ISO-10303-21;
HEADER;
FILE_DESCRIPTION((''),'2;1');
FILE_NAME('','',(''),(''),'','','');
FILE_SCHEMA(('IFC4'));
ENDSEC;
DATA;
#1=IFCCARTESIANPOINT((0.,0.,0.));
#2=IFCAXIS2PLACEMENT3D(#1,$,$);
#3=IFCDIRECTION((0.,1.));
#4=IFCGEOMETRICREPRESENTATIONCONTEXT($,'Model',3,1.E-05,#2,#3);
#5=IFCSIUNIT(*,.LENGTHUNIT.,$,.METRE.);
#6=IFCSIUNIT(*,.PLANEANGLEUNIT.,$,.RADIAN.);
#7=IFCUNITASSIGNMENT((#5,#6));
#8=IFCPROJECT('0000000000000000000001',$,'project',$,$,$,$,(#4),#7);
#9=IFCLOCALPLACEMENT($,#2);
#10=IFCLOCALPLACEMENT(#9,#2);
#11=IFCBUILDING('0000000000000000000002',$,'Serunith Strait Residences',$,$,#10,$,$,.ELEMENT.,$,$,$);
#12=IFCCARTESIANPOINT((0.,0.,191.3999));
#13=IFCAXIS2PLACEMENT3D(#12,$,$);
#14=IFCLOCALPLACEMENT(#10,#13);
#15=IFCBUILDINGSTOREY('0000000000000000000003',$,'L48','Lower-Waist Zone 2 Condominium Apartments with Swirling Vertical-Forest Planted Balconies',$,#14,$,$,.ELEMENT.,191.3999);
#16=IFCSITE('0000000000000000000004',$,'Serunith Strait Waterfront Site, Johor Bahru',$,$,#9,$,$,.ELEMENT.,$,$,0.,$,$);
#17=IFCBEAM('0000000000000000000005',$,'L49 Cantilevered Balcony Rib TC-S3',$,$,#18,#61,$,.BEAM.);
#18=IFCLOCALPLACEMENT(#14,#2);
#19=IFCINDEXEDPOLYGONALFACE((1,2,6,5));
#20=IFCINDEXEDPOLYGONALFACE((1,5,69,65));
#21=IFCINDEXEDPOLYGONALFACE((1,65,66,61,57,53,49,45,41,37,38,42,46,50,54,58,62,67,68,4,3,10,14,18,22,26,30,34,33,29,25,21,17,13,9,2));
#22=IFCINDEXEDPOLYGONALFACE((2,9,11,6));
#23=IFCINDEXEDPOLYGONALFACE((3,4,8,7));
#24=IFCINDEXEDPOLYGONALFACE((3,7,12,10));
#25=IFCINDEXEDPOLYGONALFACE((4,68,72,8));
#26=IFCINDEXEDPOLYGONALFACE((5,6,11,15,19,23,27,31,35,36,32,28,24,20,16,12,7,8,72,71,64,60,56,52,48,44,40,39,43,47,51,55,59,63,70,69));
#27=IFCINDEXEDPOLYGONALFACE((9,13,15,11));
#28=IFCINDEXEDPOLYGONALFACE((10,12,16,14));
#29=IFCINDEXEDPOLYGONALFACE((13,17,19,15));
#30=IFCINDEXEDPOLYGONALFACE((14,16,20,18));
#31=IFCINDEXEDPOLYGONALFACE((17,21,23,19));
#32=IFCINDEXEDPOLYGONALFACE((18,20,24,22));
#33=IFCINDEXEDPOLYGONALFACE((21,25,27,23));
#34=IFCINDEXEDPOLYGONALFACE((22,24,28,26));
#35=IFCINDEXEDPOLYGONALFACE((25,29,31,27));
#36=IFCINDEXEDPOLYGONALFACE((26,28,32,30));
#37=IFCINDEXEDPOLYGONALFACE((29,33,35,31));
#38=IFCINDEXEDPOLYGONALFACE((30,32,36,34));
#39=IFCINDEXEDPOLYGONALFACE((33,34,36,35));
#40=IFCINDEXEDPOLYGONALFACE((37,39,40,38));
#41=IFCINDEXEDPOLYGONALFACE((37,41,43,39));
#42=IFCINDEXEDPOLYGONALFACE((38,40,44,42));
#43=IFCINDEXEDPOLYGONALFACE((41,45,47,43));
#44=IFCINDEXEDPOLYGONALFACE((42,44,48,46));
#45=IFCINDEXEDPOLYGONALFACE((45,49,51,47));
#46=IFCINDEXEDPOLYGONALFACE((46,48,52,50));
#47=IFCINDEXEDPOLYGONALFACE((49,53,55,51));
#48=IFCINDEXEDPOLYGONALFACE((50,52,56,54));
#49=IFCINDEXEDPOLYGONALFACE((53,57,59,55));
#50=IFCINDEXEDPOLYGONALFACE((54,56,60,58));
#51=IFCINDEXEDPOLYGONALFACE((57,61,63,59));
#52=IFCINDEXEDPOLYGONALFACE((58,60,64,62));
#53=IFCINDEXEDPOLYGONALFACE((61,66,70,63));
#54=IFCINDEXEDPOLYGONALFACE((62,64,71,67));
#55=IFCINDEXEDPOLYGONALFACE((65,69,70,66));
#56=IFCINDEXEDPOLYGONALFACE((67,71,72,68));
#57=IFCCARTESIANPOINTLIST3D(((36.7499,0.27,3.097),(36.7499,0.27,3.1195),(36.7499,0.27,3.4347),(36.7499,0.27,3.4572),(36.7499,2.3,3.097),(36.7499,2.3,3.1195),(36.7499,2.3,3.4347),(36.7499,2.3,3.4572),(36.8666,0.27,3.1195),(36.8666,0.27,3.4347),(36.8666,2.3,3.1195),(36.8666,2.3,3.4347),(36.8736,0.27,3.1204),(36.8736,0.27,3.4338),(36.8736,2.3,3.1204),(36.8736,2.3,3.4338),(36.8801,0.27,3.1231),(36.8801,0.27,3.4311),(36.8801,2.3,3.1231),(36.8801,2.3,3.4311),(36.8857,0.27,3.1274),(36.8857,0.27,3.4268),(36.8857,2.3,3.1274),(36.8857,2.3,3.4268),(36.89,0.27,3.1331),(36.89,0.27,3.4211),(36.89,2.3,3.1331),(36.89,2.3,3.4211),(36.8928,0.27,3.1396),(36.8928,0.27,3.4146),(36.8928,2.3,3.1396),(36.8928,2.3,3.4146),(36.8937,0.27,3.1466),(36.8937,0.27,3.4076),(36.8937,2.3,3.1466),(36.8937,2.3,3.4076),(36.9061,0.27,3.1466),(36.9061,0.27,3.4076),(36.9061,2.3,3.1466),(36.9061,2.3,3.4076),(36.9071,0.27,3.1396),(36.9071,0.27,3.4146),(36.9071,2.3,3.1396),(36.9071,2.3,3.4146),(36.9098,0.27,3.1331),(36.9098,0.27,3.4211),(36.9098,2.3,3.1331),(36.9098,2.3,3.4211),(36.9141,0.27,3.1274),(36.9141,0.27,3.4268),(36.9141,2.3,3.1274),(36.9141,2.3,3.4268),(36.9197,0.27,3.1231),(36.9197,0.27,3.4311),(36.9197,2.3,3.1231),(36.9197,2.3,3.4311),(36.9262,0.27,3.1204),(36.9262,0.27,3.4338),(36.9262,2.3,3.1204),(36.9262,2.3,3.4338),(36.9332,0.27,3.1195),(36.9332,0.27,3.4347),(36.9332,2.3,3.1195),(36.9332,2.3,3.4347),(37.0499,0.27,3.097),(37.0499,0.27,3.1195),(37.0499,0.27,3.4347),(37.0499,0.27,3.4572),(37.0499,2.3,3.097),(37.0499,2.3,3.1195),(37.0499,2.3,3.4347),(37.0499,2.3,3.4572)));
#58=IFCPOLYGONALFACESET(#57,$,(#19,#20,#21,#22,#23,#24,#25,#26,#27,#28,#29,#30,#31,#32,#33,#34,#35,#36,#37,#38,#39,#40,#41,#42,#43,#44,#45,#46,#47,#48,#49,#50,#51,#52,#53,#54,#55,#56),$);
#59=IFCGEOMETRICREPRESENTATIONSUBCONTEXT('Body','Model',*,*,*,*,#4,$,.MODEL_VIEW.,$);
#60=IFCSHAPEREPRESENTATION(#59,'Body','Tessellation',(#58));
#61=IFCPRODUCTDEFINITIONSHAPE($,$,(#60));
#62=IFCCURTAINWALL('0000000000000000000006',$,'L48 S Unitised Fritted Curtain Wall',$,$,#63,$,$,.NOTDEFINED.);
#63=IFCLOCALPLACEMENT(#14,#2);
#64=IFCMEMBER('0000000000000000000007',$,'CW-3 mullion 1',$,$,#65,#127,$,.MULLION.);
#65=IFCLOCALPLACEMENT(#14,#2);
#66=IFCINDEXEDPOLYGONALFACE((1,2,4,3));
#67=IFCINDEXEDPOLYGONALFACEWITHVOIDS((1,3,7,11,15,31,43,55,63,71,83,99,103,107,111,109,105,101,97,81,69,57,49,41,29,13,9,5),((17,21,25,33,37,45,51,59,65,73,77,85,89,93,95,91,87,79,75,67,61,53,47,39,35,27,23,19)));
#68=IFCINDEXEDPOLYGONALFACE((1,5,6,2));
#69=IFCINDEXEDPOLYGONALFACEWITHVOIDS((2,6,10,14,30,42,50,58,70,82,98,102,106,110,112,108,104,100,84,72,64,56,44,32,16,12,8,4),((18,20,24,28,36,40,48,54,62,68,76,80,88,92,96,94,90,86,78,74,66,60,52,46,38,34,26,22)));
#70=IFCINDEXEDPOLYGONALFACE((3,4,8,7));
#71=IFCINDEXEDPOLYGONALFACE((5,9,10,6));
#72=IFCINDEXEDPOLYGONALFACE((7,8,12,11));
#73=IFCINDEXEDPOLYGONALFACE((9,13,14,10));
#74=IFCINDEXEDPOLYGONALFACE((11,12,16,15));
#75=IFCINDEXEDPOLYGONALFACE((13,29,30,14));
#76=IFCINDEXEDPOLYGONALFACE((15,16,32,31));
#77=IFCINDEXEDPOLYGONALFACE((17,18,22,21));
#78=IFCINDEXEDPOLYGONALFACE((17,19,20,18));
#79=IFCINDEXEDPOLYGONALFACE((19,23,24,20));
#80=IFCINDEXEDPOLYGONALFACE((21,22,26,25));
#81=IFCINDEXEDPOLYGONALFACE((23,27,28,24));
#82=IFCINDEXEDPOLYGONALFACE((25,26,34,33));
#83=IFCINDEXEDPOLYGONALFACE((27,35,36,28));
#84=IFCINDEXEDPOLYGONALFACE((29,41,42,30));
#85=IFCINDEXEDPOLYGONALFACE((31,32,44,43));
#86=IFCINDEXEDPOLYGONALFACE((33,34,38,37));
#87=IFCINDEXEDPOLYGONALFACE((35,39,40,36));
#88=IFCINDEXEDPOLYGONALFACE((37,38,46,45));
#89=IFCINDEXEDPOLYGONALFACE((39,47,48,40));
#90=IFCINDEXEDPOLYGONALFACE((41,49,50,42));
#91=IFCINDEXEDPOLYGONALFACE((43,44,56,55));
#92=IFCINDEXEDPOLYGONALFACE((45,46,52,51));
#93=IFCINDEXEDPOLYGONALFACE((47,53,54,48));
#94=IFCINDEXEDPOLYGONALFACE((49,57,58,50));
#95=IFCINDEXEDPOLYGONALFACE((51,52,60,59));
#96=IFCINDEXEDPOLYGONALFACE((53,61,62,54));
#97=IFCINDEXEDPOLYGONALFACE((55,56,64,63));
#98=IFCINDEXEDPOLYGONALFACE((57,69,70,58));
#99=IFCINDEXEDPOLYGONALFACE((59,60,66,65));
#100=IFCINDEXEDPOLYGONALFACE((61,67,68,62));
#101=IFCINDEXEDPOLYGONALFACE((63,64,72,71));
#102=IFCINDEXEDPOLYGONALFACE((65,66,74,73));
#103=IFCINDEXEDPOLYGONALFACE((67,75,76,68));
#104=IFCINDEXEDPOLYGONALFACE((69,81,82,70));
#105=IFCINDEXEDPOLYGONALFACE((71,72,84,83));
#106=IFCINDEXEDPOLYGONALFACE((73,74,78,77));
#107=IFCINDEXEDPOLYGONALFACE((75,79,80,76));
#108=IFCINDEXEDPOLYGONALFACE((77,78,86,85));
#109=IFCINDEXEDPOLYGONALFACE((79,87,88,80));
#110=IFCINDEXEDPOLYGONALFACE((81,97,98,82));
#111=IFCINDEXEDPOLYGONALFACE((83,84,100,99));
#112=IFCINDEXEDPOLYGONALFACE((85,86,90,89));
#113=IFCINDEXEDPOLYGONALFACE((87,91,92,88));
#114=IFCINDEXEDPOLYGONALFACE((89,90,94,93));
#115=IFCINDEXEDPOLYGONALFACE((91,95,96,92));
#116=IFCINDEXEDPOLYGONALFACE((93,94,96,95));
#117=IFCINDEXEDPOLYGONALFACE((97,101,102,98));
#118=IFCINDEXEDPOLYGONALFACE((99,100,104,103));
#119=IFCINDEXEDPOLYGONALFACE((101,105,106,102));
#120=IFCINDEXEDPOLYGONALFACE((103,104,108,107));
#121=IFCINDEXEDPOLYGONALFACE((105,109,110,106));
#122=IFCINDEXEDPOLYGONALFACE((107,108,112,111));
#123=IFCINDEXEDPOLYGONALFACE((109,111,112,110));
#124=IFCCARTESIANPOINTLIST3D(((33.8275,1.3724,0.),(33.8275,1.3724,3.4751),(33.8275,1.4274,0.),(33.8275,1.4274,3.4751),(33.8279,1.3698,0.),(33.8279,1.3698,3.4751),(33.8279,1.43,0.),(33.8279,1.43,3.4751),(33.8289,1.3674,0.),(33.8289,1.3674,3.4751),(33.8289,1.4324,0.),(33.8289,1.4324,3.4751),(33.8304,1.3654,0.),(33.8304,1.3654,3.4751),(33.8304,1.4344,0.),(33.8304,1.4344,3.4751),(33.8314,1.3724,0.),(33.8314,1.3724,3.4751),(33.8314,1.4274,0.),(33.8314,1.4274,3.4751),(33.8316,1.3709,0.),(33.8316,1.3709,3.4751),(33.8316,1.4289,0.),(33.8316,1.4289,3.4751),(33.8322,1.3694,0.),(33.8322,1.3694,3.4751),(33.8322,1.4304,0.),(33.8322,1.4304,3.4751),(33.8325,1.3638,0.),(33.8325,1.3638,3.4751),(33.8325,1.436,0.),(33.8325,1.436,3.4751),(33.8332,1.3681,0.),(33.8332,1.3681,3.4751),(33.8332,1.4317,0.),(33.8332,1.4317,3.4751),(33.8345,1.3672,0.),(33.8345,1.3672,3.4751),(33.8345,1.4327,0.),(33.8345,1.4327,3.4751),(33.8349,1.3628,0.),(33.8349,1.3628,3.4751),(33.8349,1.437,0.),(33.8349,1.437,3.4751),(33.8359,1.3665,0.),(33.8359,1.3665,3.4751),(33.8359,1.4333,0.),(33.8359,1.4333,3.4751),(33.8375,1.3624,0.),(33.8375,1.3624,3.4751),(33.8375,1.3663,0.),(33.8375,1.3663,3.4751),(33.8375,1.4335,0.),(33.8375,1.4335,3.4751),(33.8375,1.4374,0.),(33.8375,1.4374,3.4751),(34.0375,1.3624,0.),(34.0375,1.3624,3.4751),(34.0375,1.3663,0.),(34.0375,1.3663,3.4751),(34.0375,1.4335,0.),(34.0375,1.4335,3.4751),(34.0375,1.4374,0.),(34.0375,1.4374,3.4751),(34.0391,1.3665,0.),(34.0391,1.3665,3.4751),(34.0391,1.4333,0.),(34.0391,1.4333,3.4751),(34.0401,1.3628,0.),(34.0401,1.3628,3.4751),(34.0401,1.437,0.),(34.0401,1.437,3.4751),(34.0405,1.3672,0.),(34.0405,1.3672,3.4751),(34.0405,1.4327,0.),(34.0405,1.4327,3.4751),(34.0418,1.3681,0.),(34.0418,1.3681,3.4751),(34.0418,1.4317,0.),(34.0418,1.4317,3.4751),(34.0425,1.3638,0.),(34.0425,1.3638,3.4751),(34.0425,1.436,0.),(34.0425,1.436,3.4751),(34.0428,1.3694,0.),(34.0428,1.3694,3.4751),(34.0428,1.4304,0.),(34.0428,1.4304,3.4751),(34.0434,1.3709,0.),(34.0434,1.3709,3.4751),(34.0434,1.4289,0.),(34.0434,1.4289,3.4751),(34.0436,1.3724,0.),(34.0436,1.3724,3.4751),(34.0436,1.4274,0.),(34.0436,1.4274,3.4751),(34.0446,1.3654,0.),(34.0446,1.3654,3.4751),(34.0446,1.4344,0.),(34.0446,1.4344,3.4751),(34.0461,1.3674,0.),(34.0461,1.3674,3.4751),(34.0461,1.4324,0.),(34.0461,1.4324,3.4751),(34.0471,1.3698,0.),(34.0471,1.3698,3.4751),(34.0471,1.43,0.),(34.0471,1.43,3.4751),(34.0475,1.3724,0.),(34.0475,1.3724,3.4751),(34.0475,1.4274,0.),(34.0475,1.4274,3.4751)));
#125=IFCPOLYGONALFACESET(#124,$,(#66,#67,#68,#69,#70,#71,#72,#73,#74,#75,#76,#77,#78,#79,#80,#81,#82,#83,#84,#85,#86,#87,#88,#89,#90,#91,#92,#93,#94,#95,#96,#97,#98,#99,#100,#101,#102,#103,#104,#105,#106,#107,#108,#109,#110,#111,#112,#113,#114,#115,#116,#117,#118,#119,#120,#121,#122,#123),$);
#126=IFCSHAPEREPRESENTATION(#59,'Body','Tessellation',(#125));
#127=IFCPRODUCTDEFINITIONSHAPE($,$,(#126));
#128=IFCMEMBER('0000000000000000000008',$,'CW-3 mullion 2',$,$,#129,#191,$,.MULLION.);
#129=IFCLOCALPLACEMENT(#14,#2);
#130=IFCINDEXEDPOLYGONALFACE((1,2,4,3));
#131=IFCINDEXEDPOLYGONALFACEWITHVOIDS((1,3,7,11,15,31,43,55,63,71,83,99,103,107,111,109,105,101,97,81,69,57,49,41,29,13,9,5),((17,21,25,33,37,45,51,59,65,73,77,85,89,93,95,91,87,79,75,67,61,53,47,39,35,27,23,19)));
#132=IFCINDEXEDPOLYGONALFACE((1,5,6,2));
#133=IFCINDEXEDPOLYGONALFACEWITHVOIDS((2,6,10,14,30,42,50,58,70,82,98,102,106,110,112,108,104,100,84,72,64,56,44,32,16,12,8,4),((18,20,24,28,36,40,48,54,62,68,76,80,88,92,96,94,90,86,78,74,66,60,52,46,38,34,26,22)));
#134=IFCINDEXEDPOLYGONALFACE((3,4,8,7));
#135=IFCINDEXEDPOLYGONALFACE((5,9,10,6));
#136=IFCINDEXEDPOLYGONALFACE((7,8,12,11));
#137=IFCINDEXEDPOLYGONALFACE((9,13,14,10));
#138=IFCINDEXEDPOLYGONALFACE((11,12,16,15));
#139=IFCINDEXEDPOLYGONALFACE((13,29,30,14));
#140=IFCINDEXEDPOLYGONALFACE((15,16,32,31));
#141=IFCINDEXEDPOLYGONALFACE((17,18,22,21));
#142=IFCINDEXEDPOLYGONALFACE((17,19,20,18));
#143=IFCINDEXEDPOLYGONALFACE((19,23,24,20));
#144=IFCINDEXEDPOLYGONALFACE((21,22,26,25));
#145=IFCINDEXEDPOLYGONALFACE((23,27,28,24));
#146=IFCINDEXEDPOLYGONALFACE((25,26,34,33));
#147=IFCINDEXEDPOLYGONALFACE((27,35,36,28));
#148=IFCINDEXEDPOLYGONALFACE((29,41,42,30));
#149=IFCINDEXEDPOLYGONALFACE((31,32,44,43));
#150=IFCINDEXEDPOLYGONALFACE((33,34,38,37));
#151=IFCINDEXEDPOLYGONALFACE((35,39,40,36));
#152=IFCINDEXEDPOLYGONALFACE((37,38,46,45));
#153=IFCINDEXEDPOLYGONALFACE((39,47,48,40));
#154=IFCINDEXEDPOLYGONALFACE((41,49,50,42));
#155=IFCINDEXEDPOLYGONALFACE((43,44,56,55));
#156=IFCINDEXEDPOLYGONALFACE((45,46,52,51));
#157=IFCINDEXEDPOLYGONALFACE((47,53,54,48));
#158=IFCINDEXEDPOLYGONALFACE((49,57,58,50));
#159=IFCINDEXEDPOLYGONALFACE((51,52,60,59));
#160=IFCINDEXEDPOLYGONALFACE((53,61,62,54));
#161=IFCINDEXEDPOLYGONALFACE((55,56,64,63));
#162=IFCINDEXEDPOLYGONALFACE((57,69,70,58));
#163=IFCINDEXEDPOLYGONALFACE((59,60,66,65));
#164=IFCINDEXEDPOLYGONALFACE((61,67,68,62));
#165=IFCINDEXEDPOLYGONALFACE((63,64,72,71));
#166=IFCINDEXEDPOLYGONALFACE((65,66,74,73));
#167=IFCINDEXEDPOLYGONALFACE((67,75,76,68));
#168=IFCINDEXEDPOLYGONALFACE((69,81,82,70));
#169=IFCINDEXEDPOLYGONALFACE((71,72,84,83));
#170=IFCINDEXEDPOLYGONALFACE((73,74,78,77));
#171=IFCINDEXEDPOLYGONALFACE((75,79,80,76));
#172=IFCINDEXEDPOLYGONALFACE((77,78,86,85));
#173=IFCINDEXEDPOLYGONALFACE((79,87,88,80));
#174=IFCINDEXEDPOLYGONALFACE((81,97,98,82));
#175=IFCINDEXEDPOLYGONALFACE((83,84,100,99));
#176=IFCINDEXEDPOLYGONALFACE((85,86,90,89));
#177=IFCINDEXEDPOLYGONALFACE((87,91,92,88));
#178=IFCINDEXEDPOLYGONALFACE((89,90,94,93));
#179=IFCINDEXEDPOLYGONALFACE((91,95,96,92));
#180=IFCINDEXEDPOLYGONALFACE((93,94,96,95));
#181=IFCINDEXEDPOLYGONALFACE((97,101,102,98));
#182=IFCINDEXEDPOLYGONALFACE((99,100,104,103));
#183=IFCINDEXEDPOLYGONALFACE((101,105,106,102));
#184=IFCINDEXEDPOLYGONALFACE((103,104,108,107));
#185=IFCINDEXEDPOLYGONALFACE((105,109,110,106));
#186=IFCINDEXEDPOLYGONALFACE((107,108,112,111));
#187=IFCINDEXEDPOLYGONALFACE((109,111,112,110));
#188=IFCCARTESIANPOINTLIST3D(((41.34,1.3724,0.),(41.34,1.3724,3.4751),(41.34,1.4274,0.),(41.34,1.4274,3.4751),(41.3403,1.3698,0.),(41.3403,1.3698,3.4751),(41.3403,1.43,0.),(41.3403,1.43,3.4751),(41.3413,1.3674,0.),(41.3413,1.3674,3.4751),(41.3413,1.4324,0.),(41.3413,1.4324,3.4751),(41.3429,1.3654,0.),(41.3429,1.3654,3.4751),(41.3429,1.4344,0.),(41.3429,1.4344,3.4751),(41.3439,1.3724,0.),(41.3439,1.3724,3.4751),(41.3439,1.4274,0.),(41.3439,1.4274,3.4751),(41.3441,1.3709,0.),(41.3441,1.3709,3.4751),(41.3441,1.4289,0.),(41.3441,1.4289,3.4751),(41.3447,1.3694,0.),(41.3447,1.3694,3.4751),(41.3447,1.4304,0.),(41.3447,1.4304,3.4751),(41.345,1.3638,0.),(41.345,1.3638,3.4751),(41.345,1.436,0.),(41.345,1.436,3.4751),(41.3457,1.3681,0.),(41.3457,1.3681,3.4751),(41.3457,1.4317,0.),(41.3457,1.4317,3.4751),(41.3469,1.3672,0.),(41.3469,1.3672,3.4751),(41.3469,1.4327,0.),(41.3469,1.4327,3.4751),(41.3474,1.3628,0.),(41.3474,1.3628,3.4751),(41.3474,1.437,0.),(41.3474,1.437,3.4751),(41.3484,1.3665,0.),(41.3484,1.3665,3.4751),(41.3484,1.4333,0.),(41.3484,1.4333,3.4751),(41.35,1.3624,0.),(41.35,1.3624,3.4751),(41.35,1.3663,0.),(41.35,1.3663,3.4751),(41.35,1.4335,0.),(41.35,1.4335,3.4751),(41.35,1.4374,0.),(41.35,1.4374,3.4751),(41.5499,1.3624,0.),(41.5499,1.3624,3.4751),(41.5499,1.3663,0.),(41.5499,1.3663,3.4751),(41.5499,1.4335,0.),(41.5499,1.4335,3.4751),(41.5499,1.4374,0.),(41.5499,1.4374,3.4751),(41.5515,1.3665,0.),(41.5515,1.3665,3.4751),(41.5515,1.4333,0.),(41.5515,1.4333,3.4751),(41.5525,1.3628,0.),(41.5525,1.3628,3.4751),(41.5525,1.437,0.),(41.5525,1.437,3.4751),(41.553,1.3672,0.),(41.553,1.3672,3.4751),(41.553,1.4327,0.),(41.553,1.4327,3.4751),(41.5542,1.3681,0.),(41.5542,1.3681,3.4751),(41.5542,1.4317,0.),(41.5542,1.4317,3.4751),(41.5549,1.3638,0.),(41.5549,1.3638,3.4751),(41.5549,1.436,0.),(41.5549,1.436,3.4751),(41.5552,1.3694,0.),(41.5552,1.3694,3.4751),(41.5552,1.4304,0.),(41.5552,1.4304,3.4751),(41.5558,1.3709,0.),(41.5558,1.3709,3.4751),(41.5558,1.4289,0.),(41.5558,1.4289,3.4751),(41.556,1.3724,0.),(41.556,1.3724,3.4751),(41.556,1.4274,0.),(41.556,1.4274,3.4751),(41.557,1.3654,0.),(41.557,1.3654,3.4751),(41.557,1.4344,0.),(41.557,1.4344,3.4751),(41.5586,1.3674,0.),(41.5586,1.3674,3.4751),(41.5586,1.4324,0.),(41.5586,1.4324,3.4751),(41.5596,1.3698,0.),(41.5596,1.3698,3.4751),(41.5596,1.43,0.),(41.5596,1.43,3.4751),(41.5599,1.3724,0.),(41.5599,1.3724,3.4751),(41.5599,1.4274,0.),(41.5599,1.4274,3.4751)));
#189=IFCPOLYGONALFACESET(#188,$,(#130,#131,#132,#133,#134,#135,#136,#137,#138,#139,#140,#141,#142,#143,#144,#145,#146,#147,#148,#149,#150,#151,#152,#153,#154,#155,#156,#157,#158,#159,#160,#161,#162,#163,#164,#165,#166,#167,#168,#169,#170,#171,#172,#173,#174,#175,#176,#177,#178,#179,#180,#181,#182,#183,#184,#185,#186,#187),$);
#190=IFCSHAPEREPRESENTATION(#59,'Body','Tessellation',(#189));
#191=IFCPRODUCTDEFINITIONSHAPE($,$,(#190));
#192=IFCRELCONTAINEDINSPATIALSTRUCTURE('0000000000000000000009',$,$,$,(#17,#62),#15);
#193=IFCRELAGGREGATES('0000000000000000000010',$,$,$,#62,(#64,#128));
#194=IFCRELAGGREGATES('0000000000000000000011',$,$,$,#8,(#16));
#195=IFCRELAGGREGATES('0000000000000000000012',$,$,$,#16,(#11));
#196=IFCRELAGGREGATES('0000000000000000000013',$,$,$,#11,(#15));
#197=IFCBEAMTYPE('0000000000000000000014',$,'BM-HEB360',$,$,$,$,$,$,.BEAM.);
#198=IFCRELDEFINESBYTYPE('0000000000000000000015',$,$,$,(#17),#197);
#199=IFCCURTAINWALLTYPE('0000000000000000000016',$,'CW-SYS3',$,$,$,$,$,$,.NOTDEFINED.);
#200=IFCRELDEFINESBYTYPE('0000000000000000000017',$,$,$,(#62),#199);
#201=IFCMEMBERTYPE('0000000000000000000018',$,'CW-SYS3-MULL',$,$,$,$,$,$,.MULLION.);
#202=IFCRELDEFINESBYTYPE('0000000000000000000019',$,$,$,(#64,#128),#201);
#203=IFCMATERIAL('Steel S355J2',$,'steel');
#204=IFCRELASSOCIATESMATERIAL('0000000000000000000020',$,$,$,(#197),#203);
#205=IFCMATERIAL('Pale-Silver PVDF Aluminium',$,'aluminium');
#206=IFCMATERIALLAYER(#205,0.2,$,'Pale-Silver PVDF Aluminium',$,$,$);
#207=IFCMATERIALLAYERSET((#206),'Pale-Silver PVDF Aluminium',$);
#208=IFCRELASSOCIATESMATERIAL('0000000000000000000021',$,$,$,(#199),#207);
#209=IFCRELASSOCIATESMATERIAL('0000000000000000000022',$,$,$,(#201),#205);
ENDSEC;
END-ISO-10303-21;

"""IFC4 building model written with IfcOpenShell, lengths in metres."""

from ifc_helpers import new_model, si_unit, direction, frame, origin, origin_2d, place, context, subcontext, project, spatial, hollow_rectangle, i_section, extrude, source, transform, mapped, material, layer, layer_set, material_profile, profile_set, type_object, element, aggregate, save


model = new_model("IFC4")

# Units and contexts
model_context = context("Model", 3, precision=1e-05, world=origin(), true_north=direction((0.0, 1.0)))
body_context = subcontext(model_context, "Body", "Model", "MODEL_VIEW")
ifc_project = project(units=[si_unit("LENGTHUNIT", "METRE"), si_unit("PLANEANGLEUNIT", "RADIAN")], contexts=[model_context])

# Site, building, storey
site_placement = place(None, origin())
site = spatial("IfcSite", under=ifc_project, at=site_placement, Name="Serunith Strait Waterfront Site, Johor Bahru", CompositionType="ELEMENT", RefElevation=0.0)
building_placement = place(site_placement, origin())
building = spatial("IfcBuilding", under=site, at=building_placement, Name="Serunith Strait Residences", CompositionType="ELEMENT")
storey_placement = place(building_placement, frame((0.0, 0.0, 191.3999)))
storey = spatial("IfcBuildingStorey", under=building, at=storey_placement, Name="L48", Description="Lower-Waist Zone 2 Condominium Apartments with Swirling Vertical-Forest Planted Balconies", CompositionType="ELEMENT", Elevation=191.3999)

# Beam
ifc_material_1 = material(Name="Steel S355J2", Category="steel")
ifc_material_profile_1 = material_profile(ifc_material_1, i_section(OverallWidth=0.3, OverallDepth=0.3601, WebThickness=0.0125, FlangeThickness=0.0225, FilletRadius=0.0271, at=origin_2d()), Name="HEB 360")
ifc_profile_set_1 = profile_set([ifc_material_profile_1], Name="Steel S355J2")
beam_type_1 = type_object("IfcBeamType", Name="BM-HEB360", PredefinedType="BEAM", material=ifc_profile_set_1)
shared_shape_1 = source(origin(), body_context, "Body", "SweptSolid", [
    extrude(i_section(OverallWidth=0.3, OverallDepth=0.3601, WebThickness=0.0125, FlangeThickness=0.0225, FilletRadius=0.0271, at=origin_2d()), origin(), (0.0, 0.0, 1.0), 2.03),
])
beam_1_placement = place(storey_placement, frame((36.8999, 2.3, 3.2771), z_axis=(0.0, -1.0, 0.0), x_axis=(1.0, 0.0, 0.0)))
element("IfcBeam", 1, at=beam_1_placement, inside=storey, type_object=beam_type_1, Name="L49 Cantilevered Balcony Rib TC-S3", PredefinedType="BEAM", context=body_context, shape_type="MappedRepresentation", body=[
    mapped(shared_shape_1, transform((0.0, 0.0, 0.0), scale=1.0)),
])

# Curtain wall, members
ifc_material_2 = material(Name="Pale-Silver PVDF Aluminium", Category="aluminium")
ifc_layer_1 = layer(ifc_material_2, 0.2, Name="Pale-Silver PVDF Aluminium")
ifc_layer_set_1 = layer_set([ifc_layer_1], Name="Pale-Silver PVDF Aluminium")
curtain_wall_type = type_object("IfcCurtainWallType", Name="CW-SYS3", PredefinedType="NOTDEFINED", material=ifc_layer_set_1)
curtain_wall_placement = place(storey_placement, origin())
curtain_wall = element("IfcCurtainWall", 2, at=curtain_wall_placement, inside=storey, type_object=curtain_wall_type, Name="L48 S Unitised Fritted Curtain Wall", PredefinedType="NOTDEFINED")
ifc_material_profile_2 = material_profile(ifc_material_2, hollow_rectangle(XDim=0.075, YDim=0.22, WallThickness=0.0039, InnerFilletRadius=0.0061, OuterFilletRadius=0.01, at=origin_2d()), Name="ALU 220x75x4")
ifc_profile_set_2 = profile_set([ifc_material_profile_2], Name="Pale-Silver PVDF Aluminium")
member_type_1 = type_object("IfcMemberType", Name="CW-SYS3-MULL", PredefinedType="MULLION", material=ifc_profile_set_2)
shared_shape_2 = source(origin(), body_context, "Body", "SweptSolid", [
    extrude(hollow_rectangle(XDim=0.075, YDim=0.22, WallThickness=0.0039, InnerFilletRadius=0.0061, OuterFilletRadius=0.01, at=origin_2d()), origin(), (0.0, 0.0, 1.0), 3.4751),
])
member_1_placement = place(storey_placement, frame((33.9375, 1.3999, 0.0), z_axis=(0.0, 0.0, 1.0), x_axis=(0.0, 1.0, 0.0)))
member_1 = element("IfcMember", 3, at=member_1_placement, type_object=member_type_1, Name="CW-3 mullion 1", PredefinedType="MULLION", context=body_context, shape_type="MappedRepresentation", body=[
    mapped(shared_shape_2, transform((0.0, 0.0, 0.0), scale=1.0)),
])
member_2_placement = place(storey_placement, frame((41.45, 1.3999, 0.0), z_axis=(0.0, 0.0, 1.0), x_axis=(0.0, 1.0, 0.0)))
member_2 = element("IfcMember", 4, at=member_2_placement, type_object=member_type_1, Name="CW-3 mullion 2", PredefinedType="MULLION", context=body_context, shape_type="MappedRepresentation", body=[
    mapped(shared_shape_2, transform((0.0, 0.0, 0.0), scale=1.0)),
])
aggregate(curtain_wall, [member_1, member_2])

save(model, "model.ifc")
